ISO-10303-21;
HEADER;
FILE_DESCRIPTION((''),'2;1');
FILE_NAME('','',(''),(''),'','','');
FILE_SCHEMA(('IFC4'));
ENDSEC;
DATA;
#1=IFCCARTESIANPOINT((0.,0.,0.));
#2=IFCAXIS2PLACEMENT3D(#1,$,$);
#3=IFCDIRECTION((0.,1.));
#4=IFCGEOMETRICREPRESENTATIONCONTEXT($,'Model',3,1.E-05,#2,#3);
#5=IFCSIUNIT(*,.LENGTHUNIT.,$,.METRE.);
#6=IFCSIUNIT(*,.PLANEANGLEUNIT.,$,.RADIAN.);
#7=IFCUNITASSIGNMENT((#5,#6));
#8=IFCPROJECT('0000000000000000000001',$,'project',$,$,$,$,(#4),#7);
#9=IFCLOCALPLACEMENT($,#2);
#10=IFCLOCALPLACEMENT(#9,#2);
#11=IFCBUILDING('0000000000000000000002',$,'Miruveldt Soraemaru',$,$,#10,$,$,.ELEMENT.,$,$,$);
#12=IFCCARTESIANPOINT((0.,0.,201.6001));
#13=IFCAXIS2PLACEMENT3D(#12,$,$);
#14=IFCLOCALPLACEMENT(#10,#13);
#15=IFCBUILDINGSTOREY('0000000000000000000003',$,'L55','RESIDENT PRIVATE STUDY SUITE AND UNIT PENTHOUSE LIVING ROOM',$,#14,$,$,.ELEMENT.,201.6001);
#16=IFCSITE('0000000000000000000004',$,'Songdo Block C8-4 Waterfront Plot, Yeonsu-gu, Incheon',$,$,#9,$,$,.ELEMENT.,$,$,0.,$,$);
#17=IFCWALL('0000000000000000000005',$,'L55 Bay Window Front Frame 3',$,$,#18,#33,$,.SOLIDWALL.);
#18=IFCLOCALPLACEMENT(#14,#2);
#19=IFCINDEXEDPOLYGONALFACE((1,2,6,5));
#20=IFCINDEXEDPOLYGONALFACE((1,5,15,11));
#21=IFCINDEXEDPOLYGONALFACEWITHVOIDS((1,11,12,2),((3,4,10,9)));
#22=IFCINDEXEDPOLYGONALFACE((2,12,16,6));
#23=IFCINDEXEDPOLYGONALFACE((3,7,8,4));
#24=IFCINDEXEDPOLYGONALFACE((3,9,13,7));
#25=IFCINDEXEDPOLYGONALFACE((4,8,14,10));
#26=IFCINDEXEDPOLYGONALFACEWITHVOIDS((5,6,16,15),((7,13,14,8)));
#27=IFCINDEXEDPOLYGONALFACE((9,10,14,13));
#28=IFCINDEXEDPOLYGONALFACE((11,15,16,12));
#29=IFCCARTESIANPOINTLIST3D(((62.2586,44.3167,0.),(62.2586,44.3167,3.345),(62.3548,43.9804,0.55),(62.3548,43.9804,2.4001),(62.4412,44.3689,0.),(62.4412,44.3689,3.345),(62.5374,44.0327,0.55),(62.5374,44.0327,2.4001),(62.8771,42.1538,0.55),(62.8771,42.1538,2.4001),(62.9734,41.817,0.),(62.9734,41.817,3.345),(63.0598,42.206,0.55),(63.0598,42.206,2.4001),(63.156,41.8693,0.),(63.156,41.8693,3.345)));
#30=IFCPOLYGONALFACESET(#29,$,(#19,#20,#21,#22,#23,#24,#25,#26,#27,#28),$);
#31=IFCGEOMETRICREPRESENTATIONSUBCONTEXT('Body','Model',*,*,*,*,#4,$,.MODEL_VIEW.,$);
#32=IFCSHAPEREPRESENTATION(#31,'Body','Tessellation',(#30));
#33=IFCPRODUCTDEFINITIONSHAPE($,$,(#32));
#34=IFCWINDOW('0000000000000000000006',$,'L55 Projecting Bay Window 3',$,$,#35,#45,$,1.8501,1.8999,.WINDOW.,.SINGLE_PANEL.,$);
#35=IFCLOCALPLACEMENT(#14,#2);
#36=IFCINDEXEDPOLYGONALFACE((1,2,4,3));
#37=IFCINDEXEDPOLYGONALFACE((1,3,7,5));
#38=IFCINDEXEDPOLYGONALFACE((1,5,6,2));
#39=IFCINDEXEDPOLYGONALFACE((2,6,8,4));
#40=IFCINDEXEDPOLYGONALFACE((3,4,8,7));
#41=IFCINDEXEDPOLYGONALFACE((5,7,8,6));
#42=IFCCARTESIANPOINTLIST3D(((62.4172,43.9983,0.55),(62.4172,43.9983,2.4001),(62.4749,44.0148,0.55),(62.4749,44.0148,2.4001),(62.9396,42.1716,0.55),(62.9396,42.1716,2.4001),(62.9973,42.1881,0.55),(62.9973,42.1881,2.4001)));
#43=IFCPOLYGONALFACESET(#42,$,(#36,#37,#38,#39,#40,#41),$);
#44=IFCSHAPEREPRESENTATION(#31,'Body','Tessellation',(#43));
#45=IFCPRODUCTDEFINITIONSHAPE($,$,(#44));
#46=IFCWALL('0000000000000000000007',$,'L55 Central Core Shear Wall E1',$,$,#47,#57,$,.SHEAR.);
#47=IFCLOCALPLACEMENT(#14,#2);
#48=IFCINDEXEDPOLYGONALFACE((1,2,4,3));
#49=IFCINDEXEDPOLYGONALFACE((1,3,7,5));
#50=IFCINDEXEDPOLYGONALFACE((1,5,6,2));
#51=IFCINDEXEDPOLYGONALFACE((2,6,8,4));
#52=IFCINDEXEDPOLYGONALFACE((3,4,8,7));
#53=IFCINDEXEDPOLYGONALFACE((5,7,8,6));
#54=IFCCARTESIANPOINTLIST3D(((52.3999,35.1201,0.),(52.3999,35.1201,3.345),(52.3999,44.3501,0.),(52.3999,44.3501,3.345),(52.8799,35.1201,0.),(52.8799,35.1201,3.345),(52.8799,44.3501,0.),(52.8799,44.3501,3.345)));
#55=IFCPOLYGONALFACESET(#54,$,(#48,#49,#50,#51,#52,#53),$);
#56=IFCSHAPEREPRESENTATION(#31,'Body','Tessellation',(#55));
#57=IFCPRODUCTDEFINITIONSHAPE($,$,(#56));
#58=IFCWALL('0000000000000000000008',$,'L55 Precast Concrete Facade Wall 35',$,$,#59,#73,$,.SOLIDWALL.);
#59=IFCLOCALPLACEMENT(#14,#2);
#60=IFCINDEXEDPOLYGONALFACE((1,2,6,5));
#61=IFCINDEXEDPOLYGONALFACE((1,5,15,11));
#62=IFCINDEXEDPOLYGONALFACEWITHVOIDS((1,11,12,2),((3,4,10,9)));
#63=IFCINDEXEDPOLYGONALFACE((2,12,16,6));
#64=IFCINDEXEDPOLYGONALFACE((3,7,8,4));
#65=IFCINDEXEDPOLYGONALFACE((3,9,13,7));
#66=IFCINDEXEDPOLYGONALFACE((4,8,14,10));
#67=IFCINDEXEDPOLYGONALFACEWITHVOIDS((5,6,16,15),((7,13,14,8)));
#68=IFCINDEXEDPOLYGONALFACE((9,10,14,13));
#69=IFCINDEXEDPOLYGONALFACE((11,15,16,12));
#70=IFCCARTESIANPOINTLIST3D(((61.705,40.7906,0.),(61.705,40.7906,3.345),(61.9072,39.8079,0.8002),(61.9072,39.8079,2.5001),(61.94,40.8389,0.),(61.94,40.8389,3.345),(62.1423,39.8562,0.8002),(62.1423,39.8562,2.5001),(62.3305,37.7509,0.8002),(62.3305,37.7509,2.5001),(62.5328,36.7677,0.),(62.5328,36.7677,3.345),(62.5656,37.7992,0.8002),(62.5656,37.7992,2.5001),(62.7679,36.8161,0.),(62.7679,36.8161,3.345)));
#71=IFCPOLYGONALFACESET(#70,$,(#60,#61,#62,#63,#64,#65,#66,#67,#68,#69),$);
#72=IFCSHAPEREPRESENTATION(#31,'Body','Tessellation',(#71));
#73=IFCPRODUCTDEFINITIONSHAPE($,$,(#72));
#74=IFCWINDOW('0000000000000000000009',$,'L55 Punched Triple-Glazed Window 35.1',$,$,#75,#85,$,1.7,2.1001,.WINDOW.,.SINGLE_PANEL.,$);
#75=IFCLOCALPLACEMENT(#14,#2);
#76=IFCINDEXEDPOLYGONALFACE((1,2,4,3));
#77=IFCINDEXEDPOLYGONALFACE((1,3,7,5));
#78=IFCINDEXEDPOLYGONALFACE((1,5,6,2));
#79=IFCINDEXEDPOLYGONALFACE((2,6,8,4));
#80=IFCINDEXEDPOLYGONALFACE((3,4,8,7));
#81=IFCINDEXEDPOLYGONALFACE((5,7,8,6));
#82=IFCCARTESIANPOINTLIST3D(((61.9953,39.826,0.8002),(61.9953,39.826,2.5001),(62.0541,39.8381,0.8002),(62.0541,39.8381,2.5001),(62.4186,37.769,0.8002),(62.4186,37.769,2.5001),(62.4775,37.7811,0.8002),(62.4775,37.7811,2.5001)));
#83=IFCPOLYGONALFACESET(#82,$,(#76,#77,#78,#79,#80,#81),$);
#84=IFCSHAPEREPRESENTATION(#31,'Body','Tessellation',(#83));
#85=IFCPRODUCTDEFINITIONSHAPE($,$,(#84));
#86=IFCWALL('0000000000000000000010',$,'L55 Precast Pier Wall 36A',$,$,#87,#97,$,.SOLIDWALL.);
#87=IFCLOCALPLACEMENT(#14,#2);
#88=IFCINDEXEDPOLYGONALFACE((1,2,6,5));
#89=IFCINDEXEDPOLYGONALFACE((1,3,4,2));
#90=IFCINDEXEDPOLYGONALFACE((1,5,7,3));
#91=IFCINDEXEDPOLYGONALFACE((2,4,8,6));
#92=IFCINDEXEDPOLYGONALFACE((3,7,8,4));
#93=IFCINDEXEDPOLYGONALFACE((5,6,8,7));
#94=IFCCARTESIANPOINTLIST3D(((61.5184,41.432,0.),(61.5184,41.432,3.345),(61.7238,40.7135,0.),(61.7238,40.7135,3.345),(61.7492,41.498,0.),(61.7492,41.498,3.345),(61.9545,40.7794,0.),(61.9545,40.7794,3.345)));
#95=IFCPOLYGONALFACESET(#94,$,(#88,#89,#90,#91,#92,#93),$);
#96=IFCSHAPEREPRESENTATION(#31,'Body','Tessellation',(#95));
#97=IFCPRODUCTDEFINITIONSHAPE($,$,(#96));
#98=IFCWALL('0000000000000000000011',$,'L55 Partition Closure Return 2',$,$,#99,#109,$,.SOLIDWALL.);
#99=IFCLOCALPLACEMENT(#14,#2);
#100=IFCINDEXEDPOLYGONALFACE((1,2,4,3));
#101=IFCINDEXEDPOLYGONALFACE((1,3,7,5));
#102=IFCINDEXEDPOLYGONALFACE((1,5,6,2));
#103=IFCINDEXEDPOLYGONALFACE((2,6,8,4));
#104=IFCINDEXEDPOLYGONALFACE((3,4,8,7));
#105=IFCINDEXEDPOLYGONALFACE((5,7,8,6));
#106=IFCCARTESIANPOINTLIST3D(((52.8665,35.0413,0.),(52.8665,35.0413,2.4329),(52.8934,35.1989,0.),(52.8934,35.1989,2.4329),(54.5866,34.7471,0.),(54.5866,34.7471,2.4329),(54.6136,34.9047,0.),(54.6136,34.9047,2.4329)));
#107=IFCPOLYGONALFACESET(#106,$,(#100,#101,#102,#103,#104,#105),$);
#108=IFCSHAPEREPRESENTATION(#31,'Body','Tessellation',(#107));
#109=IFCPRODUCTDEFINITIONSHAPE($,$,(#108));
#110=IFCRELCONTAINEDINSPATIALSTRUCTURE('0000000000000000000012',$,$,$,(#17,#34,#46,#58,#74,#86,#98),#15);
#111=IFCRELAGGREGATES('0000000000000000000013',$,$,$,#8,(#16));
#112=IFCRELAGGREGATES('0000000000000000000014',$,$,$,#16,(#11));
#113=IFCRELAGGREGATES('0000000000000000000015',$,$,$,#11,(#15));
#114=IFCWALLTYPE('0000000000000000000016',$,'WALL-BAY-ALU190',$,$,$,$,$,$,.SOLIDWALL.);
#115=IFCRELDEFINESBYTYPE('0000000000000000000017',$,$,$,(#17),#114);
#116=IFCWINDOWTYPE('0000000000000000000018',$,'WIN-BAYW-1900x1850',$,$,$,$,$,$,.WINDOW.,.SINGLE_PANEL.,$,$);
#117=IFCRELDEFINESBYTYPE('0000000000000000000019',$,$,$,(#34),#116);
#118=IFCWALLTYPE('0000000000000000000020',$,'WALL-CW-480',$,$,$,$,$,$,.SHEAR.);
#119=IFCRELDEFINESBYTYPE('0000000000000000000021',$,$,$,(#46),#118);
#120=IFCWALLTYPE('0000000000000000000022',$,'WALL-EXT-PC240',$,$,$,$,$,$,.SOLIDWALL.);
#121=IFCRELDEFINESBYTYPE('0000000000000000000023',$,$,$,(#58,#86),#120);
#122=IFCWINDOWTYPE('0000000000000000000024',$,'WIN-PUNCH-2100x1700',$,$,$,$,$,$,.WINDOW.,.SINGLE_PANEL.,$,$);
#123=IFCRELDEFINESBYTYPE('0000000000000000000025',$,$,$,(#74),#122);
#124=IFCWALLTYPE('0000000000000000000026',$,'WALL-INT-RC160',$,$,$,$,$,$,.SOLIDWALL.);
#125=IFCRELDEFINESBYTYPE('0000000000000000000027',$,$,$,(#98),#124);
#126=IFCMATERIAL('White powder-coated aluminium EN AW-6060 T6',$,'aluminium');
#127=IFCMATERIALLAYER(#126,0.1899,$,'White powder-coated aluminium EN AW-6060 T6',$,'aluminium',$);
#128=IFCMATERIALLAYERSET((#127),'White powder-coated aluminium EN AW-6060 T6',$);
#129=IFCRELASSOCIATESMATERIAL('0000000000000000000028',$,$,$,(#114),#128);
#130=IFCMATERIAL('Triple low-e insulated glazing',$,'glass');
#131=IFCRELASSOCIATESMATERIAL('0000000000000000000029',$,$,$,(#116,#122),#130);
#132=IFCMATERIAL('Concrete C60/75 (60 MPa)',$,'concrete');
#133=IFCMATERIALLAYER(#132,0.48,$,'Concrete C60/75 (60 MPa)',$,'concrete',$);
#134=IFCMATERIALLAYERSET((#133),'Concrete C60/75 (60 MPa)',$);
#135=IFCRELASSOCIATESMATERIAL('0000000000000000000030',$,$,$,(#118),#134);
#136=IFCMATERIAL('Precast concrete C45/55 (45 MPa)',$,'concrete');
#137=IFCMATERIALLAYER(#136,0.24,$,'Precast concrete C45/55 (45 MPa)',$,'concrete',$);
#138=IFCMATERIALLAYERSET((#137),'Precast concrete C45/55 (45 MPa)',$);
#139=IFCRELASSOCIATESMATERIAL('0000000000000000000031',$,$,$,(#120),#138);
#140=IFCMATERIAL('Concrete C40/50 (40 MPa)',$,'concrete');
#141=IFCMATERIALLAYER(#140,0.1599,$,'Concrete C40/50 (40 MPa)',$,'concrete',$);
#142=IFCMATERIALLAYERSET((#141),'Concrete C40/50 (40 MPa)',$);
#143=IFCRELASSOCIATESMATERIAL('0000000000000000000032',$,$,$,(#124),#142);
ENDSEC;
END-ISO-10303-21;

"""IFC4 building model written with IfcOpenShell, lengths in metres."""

from ifc_helpers import new_model, si_unit, direction, frame, frame_2d, origin, place, context, subcontext, project, spatial, rectangle, extrude, material, layer, layer_set, type_object, element, fill, save


model = new_model("IFC4")

# Units and contexts
model_context = context("Model", 3, precision=1e-05, world=origin(), true_north=direction((0.0, 1.0)))
body_context = subcontext(model_context, "Body", "Model", "MODEL_VIEW")
ifc_project = project(units=[si_unit("LENGTHUNIT", "METRE"), si_unit("PLANEANGLEUNIT", "RADIAN")], contexts=[model_context])

# Site, building, storey
site_placement = place(None, origin())
site = spatial("IfcSite", under=ifc_project, at=site_placement, Name="Songdo Block C8-4 Waterfront Plot, Yeonsu-gu, Incheon", CompositionType="ELEMENT", RefElevation=0.0)
building_placement = place(site_placement, origin())
building = spatial("IfcBuilding", under=site, at=building_placement, Name="Miruveldt Soraemaru", CompositionType="ELEMENT")
storey_placement = place(building_placement, frame((0.0, 0.0, 201.6001)))
storey = spatial("IfcBuildingStorey", under=building, at=storey_placement, Name="L55", Description="RESIDENT PRIVATE STUDY SUITE AND UNIT PENTHOUSE LIVING ROOM", CompositionType="ELEMENT", Elevation=201.6001)

# Shared definitions
ifc_material_1 = material(Name="Concrete C60/75 (60 MPa)", Category="concrete")

# Shared definitions
ifc_material_2 = material(Name="White powder-coated aluminium EN AW-6060 T6", Category="aluminium")
ifc_layer_1 = layer(ifc_material_2, 0.1899, Name="White powder-coated aluminium EN AW-6060 T6", Category="aluminium")
ifc_layer_set_1 = layer_set([ifc_layer_1], Name="White powder-coated aluminium EN AW-6060 T6")
wall_type_1 = type_object("IfcWallType", Name="WALL-BAY-ALU190", PredefinedType="SOLIDWALL", material=ifc_layer_set_1)

# Wall, opening, window
wall_1_placement = place(storey_placement, frame((63.0647, 41.8433, 0.0), z_axis=(0.0, 0.0, 1.0), x_axis=(-0.274944, 0.96146, 0.0)))
wall_1 = element("IfcWall", 1, at=wall_1_placement, inside=storey, type_object=wall_type_1, Name="L55 Bay Window Front Frame 3", PredefinedType="SOLIDWALL", context=body_context, shape_type="SweptSolid", body=[
    extrude(rectangle(XDim=2.5999, YDim=0.1899, at=frame_2d((1.2998, 0.0))), origin(), (0.0, 0.0, 1.0), 3.345),
])
opening_1_placement = place(wall_1_placement, frame((0.3501, 0.0, 0.55)))
opening_1 = element("IfcOpeningElement", 2, at=opening_1_placement, cuts=wall_1, PredefinedType="OPENING", context=body_context, shape_type="SweptSolid", body=[
    extrude(rectangle(XDim=1.8999, YDim=1.8501, at=frame_2d((0.95, 0.925))), frame((0.0, 0.105, 0.0), z_axis=(0.0, -1.0, 0.0), x_axis=(1.0, 0.0, 0.0)), (0.0, 0.0, 1.0), 0.21),
])
ifc_material_3 = material(Name="Triple low-e insulated glazing", Category="glass")
window_type_1 = type_object("IfcWindowType", Name="WIN-BAYW-1900x1850", PartitioningType="SINGLE_PANEL", PredefinedType="WINDOW", material=ifc_material_3)
window_1_placement = place(opening_1_placement, origin())
window_1 = element("IfcWindow", 3, at=window_1_placement, inside=storey, type_object=window_type_1, Name="L55 Projecting Bay Window 3", OverallHeight=1.8501, OverallWidth=1.8999, PartitioningType="SINGLE_PANEL", PredefinedType="WINDOW", context=body_context, shape_type="SweptSolid", body=[
    extrude(rectangle(XDim=1.8999, YDim=1.8501, at=frame_2d((0.95, 0.925))), frame((0.0, 0.03, 0.0), z_axis=(0.0, -1.0, 0.0), x_axis=(1.0, 0.0, 0.0)), (0.0, 0.0, 1.0), 0.0601),
])
fill(opening_1, window_1)

# Wall
ifc_layer_2 = layer(ifc_material_1, 0.48, Name="Concrete C60/75 (60 MPa)", Category="concrete")
ifc_layer_set_2 = layer_set([ifc_layer_2], Name="Concrete C60/75 (60 MPa)")
wall_type_2 = type_object("IfcWallType", Name="WALL-CW-480", PredefinedType="SHEAR", material=ifc_layer_set_2)
wall_2_placement = place(storey_placement, frame((52.6399, 35.1201, 0.0), z_axis=(0.0, 0.0, 1.0), x_axis=(0.0, 1.0, 0.0)))
element("IfcWall", 4, at=wall_2_placement, inside=storey, type_object=wall_type_2, Name="L55 Central Core Shear Wall E1", PredefinedType="SHEAR", context=body_context, shape_type="SweptSolid", body=[
    extrude(rectangle(XDim=9.23, YDim=0.48, at=frame_2d((4.615, 0.0))), origin(), (0.0, 0.0, 1.0), 3.345),
])

# Wall, opening, window
ifc_material_4 = material(Name="Precast concrete C45/55 (45 MPa)", Category="concrete")
ifc_layer_3 = layer(ifc_material_4, 0.24, Name="Precast concrete C45/55 (45 MPa)", Category="concrete")
ifc_layer_set_3 = layer_set([ifc_layer_3], Name="Precast concrete C45/55 (45 MPa)")
wall_type_3 = type_object("IfcWallType", Name="WALL-EXT-PC240", PredefinedType="SOLIDWALL", material=ifc_layer_set_3)
wall_3_placement = place(storey_placement, frame((62.6504, 36.7917, 0.0), z_axis=(0.0, 0.0, 1.0), x_axis=(-0.201566, 0.979475, 0.0)))
wall_3 = element("IfcWall", 5, at=wall_3_placement, inside=storey, type_object=wall_type_3, Name="L55 Precast Concrete Facade Wall 35", PredefinedType="SOLIDWALL", context=body_context, shape_type="SweptSolid", body=[
    extrude(rectangle(XDim=4.1072, YDim=0.24, at=frame_2d((2.0537, 0.0))), origin(), (0.0, 0.0, 1.0), 3.345),
])
opening_2_placement = place(wall_3_placement, frame((1.0039, 0.0, 0.8)))
opening_2 = element("IfcOpeningElement", 6, at=opening_2_placement, cuts=wall_3, PredefinedType="OPENING", context=body_context, shape_type="SweptSolid", body=[
    extrude(rectangle(XDim=2.1001, YDim=1.7, at=frame_2d((1.05, 0.8501))), frame((0.0, 0.1299, 0.0), z_axis=(0.0, -1.0, 0.0), x_axis=(1.0, 0.0, 0.0)), (0.0, 0.0, 1.0), 0.26),
])
window_type_2 = type_object("IfcWindowType", Name="WIN-PUNCH-2100x1700", PartitioningType="SINGLE_PANEL", PredefinedType="WINDOW", material=ifc_material_3)
window_2_placement = place(opening_2_placement, origin())
window_2 = element("IfcWindow", 7, at=window_2_placement, inside=storey, type_object=window_type_2, Name="L55 Punched Triple-Glazed Window 35.1", OverallHeight=1.7, OverallWidth=2.1001, PartitioningType="SINGLE_PANEL", PredefinedType="WINDOW", context=body_context, shape_type="SweptSolid", body=[
    extrude(rectangle(XDim=2.1001, YDim=1.7, at=frame_2d((1.05, 0.8501))), frame((0.0, 0.03, 0.0), z_axis=(0.0, -1.0, 0.0), x_axis=(1.0, 0.0, 0.0)), (0.0, 0.0, 1.0), 0.0601),
])
fill(opening_2, window_2)

# Walls
wall_4_placement = place(storey_placement, frame((61.8391, 40.7466, 0.0), z_axis=(0.0, 0.0, 1.0), x_axis=(-0.274764, 0.961512, 0.0)))
element("IfcWall", 8, at=wall_4_placement, inside=storey, type_object=wall_type_3, Name="L55 Precast Pier Wall 36A", PredefinedType="SOLIDWALL", context=body_context, shape_type="SweptSolid", body=[
    extrude(rectangle(XDim=0.7473, YDim=0.24, at=frame_2d((0.3735, 0.0))), origin(), (0.0, 0.0, 1.0), 3.345),
])
ifc_material_5 = material(Name="Concrete C40/50 (40 MPa)", Category="concrete")
ifc_layer_4 = layer(ifc_material_5, 0.1599, Name="Concrete C40/50 (40 MPa)", Category="concrete")
ifc_layer_set_4 = layer_set([ifc_layer_4], Name="Concrete C40/50 (40 MPa)")
wall_type_4 = type_object("IfcWallType", Name="WALL-INT-RC160", PredefinedType="SOLIDWALL", material=ifc_layer_set_4)
wall_5_placement = place(storey_placement, frame((54.6001, 34.8259, 0.0), z_axis=(0.0, 0.0, 1.0), x_axis=(-0.985689, 0.168572, 0.0)))
element("IfcWall", 9, at=wall_5_placement, inside=storey, type_object=wall_type_4, Name="L55 Partition Closure Return 2", PredefinedType="SOLIDWALL", context=body_context, shape_type="SweptSolid", body=[
    extrude(rectangle(XDim=1.7451, YDim=0.1599, at=frame_2d((0.8726, 0.0))), origin(), (0.0, 0.0, 1.0), 2.4329),
])

save(model, "model.ifc")
